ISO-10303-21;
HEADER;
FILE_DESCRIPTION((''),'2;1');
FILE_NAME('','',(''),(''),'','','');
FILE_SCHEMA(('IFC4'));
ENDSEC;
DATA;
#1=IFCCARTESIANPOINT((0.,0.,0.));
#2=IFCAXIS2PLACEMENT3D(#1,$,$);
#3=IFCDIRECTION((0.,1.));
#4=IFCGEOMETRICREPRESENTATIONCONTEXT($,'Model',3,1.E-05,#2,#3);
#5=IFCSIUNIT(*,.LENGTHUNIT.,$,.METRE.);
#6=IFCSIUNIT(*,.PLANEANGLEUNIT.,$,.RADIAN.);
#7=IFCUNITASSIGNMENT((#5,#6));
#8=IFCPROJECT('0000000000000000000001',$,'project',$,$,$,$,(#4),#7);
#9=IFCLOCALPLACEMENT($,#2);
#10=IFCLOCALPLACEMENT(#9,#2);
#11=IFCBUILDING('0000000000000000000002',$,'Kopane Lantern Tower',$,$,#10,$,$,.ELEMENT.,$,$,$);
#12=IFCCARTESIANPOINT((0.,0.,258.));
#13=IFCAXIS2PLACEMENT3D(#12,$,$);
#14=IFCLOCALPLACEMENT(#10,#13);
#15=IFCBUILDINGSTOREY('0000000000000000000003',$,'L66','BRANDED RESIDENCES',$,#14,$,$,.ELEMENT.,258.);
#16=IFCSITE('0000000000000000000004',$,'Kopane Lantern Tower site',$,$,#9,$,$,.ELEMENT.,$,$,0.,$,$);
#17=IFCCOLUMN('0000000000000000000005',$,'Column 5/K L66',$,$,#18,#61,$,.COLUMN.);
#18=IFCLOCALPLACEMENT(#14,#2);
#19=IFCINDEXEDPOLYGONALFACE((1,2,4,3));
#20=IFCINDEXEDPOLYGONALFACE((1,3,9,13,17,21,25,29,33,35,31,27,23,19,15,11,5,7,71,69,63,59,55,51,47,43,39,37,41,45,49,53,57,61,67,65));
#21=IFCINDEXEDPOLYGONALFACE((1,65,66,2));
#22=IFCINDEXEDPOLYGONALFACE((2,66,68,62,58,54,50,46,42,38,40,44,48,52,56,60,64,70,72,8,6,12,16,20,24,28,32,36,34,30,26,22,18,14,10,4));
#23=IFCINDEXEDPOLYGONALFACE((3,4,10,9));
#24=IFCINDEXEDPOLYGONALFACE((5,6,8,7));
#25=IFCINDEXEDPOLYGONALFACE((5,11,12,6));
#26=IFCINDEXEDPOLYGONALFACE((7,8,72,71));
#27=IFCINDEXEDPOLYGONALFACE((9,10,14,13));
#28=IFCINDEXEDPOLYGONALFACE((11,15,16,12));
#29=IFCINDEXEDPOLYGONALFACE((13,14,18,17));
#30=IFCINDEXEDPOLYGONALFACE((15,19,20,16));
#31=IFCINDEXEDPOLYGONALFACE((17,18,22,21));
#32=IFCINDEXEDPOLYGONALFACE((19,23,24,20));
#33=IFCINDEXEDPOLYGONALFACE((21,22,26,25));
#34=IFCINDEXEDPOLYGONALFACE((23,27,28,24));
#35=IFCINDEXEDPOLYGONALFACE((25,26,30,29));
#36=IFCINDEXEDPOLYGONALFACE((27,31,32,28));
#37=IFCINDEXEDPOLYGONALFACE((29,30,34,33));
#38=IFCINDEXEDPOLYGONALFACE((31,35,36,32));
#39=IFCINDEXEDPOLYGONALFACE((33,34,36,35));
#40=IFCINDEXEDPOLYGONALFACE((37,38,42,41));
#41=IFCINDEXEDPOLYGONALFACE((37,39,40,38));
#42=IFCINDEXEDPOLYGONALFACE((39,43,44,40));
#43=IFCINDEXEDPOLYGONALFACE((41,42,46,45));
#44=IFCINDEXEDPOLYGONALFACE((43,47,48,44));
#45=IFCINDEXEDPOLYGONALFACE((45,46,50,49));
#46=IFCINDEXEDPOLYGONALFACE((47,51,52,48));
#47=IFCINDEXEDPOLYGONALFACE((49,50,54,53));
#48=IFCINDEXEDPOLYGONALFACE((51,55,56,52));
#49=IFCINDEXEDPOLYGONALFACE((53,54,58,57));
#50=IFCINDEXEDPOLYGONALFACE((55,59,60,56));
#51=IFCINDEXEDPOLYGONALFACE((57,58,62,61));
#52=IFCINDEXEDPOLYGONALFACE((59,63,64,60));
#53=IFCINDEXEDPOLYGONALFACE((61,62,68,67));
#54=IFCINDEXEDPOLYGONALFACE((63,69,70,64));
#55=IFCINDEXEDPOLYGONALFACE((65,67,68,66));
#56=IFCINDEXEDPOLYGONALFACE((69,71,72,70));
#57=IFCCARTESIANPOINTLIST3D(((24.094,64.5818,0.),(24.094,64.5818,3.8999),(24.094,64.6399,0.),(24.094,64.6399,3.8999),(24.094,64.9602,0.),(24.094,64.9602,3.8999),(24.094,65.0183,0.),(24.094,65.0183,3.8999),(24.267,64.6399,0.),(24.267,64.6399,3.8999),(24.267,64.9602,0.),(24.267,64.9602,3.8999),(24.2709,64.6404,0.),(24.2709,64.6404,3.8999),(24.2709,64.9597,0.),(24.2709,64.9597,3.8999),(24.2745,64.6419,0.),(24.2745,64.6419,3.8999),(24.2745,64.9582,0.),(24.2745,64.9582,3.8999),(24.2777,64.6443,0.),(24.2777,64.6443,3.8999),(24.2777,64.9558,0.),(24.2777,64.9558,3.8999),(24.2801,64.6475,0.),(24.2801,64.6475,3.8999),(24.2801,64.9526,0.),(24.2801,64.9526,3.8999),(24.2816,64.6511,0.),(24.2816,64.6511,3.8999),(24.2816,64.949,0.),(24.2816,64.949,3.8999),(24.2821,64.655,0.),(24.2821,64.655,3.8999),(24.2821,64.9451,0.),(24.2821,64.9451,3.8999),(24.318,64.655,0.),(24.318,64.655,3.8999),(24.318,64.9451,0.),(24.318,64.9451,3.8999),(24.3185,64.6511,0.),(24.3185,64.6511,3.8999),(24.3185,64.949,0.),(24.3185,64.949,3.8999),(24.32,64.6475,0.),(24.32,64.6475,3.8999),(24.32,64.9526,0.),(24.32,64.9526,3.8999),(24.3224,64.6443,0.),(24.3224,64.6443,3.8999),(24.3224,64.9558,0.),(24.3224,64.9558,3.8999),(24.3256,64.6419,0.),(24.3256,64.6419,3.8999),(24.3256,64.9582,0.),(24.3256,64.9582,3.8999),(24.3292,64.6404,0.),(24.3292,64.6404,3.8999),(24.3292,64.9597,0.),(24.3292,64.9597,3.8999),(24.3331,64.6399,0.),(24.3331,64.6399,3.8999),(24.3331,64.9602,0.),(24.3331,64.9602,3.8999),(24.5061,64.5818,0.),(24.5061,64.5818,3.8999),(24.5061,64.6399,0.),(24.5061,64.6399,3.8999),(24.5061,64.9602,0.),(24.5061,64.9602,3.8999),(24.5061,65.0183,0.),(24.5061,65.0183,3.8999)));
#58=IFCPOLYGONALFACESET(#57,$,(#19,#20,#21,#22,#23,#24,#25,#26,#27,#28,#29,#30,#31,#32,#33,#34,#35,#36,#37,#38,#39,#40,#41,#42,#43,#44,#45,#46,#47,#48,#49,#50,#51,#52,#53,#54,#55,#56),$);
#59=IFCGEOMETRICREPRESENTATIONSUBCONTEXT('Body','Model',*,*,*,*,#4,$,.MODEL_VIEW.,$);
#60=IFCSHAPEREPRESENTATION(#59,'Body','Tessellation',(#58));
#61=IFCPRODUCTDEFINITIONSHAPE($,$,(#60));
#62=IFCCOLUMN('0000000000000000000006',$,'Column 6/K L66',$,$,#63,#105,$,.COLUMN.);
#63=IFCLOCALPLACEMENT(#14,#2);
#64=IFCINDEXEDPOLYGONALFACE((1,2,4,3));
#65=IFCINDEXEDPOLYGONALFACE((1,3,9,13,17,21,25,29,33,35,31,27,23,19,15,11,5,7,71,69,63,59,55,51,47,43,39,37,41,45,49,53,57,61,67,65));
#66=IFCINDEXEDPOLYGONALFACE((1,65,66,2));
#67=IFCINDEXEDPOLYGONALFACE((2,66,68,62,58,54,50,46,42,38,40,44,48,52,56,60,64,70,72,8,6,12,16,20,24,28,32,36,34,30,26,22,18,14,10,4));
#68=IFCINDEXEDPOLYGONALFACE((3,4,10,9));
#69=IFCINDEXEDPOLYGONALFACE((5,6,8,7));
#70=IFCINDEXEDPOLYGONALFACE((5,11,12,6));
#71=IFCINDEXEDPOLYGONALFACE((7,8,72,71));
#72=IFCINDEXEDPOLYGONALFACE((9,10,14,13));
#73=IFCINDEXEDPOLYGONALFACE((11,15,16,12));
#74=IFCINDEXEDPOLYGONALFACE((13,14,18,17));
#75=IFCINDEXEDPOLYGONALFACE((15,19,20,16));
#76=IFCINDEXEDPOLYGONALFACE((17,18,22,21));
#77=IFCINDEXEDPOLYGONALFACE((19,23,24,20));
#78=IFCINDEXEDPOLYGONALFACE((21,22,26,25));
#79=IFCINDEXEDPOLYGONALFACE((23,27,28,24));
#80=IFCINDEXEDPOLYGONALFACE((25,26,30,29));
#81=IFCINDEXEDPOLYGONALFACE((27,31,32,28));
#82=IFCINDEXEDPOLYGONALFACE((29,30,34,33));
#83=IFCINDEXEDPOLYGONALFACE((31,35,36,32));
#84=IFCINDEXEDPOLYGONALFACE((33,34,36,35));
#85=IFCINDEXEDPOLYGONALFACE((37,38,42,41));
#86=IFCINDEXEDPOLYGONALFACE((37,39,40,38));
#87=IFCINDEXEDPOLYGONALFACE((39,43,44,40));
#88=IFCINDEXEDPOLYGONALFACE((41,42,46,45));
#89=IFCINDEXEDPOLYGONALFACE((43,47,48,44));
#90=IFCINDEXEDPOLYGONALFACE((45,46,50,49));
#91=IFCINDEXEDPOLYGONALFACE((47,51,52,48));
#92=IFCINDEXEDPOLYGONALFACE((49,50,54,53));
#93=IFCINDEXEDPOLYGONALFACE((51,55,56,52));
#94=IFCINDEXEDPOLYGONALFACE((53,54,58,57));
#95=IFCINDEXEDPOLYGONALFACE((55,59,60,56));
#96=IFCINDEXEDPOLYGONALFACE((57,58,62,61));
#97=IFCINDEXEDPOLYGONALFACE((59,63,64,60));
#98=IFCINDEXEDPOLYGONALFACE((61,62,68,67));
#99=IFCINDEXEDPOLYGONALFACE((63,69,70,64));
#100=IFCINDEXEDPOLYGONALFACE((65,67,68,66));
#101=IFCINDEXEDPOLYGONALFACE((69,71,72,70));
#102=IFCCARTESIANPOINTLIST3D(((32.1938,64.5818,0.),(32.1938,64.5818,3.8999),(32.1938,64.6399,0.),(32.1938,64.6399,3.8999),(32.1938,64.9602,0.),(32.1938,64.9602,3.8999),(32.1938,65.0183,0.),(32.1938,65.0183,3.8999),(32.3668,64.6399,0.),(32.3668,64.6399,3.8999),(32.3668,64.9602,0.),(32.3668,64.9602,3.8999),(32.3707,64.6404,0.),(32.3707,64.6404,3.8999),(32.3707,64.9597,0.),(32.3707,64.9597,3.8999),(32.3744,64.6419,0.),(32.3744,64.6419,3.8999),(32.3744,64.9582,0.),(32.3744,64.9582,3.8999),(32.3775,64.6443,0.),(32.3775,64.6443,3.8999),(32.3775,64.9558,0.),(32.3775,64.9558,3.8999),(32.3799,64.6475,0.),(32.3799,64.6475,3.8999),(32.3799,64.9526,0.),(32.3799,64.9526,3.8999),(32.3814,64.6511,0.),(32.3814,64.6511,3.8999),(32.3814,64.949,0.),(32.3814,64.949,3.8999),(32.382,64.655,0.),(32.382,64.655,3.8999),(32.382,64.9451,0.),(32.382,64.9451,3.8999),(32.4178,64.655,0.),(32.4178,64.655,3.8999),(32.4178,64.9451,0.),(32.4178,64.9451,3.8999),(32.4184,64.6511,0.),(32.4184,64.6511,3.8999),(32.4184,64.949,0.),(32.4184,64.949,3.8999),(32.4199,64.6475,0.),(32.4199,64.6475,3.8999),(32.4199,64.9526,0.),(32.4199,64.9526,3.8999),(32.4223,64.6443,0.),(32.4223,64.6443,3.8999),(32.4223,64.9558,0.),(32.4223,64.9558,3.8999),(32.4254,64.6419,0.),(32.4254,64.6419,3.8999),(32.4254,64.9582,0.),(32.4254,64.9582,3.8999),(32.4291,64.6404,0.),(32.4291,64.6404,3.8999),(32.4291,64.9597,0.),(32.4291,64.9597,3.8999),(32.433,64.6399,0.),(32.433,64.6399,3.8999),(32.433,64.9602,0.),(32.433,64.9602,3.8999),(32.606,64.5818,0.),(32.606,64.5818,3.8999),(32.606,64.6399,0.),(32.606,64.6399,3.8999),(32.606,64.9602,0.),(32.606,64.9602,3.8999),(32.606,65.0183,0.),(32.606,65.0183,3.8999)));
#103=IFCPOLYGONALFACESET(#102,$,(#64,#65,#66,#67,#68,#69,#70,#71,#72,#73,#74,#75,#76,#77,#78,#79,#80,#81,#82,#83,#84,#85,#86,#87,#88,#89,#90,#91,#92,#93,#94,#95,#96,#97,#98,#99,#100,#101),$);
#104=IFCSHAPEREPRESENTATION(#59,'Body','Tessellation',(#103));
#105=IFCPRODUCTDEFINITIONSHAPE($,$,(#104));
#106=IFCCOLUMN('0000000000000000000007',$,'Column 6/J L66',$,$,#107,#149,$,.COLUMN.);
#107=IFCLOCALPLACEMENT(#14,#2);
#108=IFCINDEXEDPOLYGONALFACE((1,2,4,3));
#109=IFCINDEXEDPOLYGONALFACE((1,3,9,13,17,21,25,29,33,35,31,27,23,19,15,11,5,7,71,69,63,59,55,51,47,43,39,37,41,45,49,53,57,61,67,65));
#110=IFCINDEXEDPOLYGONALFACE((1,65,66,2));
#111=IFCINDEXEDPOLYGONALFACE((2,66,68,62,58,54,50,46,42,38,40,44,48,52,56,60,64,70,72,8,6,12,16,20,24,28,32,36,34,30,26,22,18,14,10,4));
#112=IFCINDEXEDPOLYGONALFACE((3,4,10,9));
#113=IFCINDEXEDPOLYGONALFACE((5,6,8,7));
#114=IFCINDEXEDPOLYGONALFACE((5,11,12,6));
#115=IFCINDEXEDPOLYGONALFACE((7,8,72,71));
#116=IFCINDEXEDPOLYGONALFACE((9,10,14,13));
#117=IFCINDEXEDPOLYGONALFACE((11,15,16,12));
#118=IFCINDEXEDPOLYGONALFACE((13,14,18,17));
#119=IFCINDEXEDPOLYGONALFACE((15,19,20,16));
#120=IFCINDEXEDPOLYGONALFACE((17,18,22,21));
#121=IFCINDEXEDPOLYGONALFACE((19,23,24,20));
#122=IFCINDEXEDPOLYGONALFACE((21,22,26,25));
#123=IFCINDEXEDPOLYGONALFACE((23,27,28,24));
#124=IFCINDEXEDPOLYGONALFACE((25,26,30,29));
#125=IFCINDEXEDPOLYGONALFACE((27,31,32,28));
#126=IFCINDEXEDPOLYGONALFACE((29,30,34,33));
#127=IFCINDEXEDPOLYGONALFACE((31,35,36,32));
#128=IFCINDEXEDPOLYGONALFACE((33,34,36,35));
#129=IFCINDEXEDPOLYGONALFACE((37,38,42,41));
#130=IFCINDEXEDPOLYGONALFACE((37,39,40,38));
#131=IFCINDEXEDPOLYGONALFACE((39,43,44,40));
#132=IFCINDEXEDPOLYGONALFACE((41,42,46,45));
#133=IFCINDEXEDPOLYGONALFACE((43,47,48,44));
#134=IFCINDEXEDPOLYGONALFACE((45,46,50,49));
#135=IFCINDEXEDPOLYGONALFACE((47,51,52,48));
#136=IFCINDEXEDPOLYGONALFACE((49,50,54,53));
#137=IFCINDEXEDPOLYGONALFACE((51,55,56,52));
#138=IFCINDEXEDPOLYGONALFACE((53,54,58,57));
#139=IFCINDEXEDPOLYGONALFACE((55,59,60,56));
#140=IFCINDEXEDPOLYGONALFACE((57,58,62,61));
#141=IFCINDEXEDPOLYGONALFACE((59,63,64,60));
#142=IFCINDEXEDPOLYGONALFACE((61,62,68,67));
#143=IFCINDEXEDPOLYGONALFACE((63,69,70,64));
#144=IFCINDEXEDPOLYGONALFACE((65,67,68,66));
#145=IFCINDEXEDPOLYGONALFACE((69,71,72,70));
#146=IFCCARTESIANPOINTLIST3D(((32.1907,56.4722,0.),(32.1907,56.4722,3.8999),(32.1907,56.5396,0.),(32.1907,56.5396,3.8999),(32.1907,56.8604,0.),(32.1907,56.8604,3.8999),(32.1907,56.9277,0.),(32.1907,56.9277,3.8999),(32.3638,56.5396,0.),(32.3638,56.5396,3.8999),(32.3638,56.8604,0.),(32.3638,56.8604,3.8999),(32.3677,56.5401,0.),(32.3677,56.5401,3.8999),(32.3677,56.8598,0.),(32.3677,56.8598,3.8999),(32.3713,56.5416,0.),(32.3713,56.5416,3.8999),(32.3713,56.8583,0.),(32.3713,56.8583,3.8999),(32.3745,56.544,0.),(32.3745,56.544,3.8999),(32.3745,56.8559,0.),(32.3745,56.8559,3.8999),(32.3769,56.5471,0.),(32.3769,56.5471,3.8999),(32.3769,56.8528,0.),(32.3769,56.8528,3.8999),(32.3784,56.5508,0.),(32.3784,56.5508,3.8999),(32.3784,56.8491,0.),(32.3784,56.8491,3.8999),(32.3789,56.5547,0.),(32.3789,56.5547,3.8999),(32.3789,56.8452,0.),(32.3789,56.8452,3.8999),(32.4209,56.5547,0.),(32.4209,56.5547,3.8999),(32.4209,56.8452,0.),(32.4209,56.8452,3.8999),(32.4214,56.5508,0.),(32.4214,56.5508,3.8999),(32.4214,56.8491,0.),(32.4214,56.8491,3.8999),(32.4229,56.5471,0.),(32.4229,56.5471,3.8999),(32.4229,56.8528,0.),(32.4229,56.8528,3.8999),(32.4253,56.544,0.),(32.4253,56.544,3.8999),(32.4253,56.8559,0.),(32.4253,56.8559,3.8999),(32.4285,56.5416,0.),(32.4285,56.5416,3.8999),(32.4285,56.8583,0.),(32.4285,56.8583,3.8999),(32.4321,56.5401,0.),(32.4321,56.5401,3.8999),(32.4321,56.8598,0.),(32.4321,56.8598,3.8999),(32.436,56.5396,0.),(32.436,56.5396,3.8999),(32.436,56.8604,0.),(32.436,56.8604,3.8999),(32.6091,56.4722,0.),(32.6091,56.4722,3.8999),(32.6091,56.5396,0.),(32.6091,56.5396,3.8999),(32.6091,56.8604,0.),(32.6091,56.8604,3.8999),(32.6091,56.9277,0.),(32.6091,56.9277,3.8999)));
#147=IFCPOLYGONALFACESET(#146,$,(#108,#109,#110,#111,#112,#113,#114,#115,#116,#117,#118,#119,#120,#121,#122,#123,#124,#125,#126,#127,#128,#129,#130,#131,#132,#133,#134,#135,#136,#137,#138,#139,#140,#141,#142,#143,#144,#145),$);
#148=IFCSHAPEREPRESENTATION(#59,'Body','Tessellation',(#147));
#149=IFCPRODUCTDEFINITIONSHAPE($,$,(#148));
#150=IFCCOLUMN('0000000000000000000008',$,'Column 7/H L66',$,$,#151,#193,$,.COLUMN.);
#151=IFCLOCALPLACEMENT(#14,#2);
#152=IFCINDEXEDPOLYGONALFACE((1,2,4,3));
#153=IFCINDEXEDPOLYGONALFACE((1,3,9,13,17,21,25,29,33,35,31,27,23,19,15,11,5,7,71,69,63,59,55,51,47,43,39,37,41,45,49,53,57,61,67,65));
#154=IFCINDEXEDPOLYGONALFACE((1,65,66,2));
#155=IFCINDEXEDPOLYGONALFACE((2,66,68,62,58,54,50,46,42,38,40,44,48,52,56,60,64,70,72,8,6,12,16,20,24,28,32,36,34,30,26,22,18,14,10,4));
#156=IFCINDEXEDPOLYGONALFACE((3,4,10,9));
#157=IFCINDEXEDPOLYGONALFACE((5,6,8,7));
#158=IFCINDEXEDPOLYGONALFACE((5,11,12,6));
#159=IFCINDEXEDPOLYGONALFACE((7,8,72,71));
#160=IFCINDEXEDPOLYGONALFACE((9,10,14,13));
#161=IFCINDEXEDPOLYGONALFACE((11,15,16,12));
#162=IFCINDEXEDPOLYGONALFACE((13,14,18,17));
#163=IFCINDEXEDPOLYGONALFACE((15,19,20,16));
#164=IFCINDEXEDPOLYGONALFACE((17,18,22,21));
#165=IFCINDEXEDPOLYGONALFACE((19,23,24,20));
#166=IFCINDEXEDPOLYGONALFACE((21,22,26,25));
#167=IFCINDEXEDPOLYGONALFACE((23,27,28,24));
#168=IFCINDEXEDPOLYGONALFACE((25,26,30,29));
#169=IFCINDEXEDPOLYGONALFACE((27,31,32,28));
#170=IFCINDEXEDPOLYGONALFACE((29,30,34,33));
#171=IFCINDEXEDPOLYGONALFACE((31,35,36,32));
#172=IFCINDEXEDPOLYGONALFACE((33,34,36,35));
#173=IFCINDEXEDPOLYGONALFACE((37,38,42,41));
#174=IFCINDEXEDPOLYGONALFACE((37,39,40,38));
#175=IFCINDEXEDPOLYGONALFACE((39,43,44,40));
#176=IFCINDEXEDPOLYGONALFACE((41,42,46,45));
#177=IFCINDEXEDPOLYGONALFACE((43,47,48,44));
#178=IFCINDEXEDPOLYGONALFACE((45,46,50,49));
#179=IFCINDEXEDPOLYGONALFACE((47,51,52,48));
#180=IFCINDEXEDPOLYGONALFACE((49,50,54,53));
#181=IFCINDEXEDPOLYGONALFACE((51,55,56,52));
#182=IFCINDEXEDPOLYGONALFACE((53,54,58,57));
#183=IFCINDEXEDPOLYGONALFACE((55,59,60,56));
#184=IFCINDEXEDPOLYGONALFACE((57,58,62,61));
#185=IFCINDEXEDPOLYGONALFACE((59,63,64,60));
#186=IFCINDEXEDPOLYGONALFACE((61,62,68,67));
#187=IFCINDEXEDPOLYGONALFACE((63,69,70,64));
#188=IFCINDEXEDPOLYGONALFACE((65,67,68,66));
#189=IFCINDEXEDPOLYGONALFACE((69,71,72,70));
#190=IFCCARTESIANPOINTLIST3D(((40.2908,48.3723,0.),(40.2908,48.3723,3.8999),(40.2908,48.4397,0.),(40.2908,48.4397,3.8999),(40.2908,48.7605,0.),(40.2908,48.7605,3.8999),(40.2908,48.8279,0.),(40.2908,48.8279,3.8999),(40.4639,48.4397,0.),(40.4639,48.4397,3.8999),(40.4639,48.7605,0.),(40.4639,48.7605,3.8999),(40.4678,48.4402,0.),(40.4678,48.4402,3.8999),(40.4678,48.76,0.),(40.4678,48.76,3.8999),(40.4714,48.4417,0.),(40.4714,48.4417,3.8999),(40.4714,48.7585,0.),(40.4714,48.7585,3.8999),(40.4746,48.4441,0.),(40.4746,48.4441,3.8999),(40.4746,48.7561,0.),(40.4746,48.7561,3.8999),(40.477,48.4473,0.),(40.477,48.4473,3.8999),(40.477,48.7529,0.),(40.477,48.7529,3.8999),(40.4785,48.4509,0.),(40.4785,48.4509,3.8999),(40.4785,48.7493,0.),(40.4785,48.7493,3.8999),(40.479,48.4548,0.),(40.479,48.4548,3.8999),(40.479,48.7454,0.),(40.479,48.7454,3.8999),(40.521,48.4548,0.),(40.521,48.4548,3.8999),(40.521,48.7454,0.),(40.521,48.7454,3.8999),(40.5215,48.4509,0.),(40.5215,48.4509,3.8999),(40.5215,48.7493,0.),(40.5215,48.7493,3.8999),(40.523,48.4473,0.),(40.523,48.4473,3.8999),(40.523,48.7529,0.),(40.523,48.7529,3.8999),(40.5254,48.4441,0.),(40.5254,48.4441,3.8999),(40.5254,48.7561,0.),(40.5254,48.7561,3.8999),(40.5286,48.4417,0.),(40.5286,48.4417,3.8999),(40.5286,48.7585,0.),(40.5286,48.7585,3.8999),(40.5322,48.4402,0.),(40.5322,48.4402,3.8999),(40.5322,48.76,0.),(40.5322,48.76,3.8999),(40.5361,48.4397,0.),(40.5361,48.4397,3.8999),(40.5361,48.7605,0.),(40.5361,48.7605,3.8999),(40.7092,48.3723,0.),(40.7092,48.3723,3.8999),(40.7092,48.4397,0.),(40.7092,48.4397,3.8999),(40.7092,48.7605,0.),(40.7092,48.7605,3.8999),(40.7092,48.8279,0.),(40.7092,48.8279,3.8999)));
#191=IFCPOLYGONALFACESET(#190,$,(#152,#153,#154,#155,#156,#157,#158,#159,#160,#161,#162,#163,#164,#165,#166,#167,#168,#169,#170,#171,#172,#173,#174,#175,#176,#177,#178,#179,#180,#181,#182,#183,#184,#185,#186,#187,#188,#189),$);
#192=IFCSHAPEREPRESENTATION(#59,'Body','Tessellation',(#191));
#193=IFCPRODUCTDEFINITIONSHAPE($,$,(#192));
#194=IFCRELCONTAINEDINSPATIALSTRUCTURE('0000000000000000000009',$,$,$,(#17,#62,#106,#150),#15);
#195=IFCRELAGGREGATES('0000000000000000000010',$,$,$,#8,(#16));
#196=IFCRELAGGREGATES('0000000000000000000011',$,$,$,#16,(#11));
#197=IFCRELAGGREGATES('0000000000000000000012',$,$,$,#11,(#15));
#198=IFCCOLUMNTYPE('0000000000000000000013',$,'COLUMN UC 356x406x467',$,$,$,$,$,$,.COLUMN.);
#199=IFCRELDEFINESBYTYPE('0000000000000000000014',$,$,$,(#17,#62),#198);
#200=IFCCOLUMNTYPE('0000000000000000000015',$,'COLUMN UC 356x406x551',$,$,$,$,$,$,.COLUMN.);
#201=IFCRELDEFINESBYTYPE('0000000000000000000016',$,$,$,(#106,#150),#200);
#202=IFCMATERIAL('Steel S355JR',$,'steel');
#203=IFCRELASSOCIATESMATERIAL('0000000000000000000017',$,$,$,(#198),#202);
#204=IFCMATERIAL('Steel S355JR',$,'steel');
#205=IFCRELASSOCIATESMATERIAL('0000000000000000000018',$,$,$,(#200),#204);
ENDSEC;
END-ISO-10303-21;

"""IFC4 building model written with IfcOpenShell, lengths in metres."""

from ifc_helpers import new_model, si_unit, direction, frame, origin, origin_2d, place, context, subcontext, project, spatial, i_section, extrude, material, material_profile, profile_set, type_object, element, save


model = new_model("IFC4")

# Units and contexts
model_context = context("Model", 3, precision=1e-05, world=origin(), true_north=direction((0.0, 1.0)))
body_context = subcontext(model_context, "Body", "Model", "MODEL_VIEW")
ifc_project = project(units=[si_unit("LENGTHUNIT", "METRE"), si_unit("PLANEANGLEUNIT", "RADIAN")], contexts=[model_context])

# Site, building, storey
site_placement = place(None, origin())
site = spatial("IfcSite", under=ifc_project, at=site_placement, Name="Kopane Lantern Tower site", CompositionType="ELEMENT", RefElevation=0.0)
building_placement = place(site_placement, origin())
building = spatial("IfcBuilding", under=site, at=building_placement, Name="Kopane Lantern Tower", CompositionType="ELEMENT")
storey_placement = place(building_placement, frame((0.0, 0.0, 258.0)))
storey = spatial("IfcBuildingStorey", under=building, at=storey_placement, Name="L66", Description="BRANDED RESIDENCES", CompositionType="ELEMENT", Elevation=258.0)

# Columns
ifc_material_1 = material(Name="Steel S355JR", Category="steel")
ifc_material_profile_1 = material_profile(ifc_material_1, i_section(OverallWidth=0.4121, OverallDepth=0.4365, WebThickness=0.0359, FlangeThickness=0.0581, FilletRadius=0.0151, at=origin_2d()), Name="UC 356x406x467")
ifc_profile_set_1 = profile_set([ifc_material_profile_1], Name="Steel S355JR")
column_type_1 = type_object("IfcColumnType", Name="COLUMN UC 356x406x467", PredefinedType="COLUMN", material=ifc_profile_set_1)
for number, where, z_axis, x_axis, name in (
    (1, (24.3, 64.8, 0.0), (0.0, 0.0, 1.0), (1.0, 0.0, 0.0), "Column 5/K L66"),
    (2, (32.3999, 64.8, 0.0), (0.0, 0.0, 1.0), (1.0, 0.0, 0.0), "Column 6/K L66"),
):
    element("IfcColumn", number, at=place(storey_placement, frame(where, z_axis=z_axis, x_axis=x_axis)), inside=storey, type_object=column_type_1, Name=name, PredefinedType="COLUMN", context=body_context, shape_type="SweptSolid", body=[
        extrude(i_section(OverallWidth=0.4121, OverallDepth=0.4365, WebThickness=0.0359, FlangeThickness=0.0581, FilletRadius=0.0151, at=origin_2d()), origin(), (0.0, 0.0, 1.0), 3.8999),
    ])
ifc_material_2 = material(Name="Steel S355JR", Category="steel")
ifc_material_profile_2 = material_profile(ifc_material_2, i_section(OverallWidth=0.4185, OverallDepth=0.4556, WebThickness=0.042, FlangeThickness=0.0674, FilletRadius=0.0151, at=origin_2d()), Name="UC 356x406x551")
ifc_profile_set_2 = profile_set([ifc_material_profile_2], Name="Steel S355JR")
column_type_2 = type_object("IfcColumnType", Name="COLUMN UC 356x406x551", PredefinedType="COLUMN", material=ifc_profile_set_2)
for number, where, z_axis, x_axis, name in (
    (3, (32.3999, 56.7, 0.0), (0.0, 0.0, 1.0), (1.0, 0.0, 0.0), "Column 6/J L66"),
    (4, (40.5, 48.6001, 0.0), (0.0, 0.0, 1.0), (1.0, 0.0, 0.0), "Column 7/H L66"),
):
    element("IfcColumn", number, at=place(storey_placement, frame(where, z_axis=z_axis, x_axis=x_axis)), inside=storey, type_object=column_type_2, Name=name, PredefinedType="COLUMN", context=body_context, shape_type="SweptSolid", body=[
        extrude(i_section(OverallWidth=0.4185, OverallDepth=0.4556, WebThickness=0.042, FlangeThickness=0.0674, FilletRadius=0.0151, at=origin_2d()), origin(), (0.0, 0.0, 1.0), 3.8999),
    ])

save(model, "model.ifc")
